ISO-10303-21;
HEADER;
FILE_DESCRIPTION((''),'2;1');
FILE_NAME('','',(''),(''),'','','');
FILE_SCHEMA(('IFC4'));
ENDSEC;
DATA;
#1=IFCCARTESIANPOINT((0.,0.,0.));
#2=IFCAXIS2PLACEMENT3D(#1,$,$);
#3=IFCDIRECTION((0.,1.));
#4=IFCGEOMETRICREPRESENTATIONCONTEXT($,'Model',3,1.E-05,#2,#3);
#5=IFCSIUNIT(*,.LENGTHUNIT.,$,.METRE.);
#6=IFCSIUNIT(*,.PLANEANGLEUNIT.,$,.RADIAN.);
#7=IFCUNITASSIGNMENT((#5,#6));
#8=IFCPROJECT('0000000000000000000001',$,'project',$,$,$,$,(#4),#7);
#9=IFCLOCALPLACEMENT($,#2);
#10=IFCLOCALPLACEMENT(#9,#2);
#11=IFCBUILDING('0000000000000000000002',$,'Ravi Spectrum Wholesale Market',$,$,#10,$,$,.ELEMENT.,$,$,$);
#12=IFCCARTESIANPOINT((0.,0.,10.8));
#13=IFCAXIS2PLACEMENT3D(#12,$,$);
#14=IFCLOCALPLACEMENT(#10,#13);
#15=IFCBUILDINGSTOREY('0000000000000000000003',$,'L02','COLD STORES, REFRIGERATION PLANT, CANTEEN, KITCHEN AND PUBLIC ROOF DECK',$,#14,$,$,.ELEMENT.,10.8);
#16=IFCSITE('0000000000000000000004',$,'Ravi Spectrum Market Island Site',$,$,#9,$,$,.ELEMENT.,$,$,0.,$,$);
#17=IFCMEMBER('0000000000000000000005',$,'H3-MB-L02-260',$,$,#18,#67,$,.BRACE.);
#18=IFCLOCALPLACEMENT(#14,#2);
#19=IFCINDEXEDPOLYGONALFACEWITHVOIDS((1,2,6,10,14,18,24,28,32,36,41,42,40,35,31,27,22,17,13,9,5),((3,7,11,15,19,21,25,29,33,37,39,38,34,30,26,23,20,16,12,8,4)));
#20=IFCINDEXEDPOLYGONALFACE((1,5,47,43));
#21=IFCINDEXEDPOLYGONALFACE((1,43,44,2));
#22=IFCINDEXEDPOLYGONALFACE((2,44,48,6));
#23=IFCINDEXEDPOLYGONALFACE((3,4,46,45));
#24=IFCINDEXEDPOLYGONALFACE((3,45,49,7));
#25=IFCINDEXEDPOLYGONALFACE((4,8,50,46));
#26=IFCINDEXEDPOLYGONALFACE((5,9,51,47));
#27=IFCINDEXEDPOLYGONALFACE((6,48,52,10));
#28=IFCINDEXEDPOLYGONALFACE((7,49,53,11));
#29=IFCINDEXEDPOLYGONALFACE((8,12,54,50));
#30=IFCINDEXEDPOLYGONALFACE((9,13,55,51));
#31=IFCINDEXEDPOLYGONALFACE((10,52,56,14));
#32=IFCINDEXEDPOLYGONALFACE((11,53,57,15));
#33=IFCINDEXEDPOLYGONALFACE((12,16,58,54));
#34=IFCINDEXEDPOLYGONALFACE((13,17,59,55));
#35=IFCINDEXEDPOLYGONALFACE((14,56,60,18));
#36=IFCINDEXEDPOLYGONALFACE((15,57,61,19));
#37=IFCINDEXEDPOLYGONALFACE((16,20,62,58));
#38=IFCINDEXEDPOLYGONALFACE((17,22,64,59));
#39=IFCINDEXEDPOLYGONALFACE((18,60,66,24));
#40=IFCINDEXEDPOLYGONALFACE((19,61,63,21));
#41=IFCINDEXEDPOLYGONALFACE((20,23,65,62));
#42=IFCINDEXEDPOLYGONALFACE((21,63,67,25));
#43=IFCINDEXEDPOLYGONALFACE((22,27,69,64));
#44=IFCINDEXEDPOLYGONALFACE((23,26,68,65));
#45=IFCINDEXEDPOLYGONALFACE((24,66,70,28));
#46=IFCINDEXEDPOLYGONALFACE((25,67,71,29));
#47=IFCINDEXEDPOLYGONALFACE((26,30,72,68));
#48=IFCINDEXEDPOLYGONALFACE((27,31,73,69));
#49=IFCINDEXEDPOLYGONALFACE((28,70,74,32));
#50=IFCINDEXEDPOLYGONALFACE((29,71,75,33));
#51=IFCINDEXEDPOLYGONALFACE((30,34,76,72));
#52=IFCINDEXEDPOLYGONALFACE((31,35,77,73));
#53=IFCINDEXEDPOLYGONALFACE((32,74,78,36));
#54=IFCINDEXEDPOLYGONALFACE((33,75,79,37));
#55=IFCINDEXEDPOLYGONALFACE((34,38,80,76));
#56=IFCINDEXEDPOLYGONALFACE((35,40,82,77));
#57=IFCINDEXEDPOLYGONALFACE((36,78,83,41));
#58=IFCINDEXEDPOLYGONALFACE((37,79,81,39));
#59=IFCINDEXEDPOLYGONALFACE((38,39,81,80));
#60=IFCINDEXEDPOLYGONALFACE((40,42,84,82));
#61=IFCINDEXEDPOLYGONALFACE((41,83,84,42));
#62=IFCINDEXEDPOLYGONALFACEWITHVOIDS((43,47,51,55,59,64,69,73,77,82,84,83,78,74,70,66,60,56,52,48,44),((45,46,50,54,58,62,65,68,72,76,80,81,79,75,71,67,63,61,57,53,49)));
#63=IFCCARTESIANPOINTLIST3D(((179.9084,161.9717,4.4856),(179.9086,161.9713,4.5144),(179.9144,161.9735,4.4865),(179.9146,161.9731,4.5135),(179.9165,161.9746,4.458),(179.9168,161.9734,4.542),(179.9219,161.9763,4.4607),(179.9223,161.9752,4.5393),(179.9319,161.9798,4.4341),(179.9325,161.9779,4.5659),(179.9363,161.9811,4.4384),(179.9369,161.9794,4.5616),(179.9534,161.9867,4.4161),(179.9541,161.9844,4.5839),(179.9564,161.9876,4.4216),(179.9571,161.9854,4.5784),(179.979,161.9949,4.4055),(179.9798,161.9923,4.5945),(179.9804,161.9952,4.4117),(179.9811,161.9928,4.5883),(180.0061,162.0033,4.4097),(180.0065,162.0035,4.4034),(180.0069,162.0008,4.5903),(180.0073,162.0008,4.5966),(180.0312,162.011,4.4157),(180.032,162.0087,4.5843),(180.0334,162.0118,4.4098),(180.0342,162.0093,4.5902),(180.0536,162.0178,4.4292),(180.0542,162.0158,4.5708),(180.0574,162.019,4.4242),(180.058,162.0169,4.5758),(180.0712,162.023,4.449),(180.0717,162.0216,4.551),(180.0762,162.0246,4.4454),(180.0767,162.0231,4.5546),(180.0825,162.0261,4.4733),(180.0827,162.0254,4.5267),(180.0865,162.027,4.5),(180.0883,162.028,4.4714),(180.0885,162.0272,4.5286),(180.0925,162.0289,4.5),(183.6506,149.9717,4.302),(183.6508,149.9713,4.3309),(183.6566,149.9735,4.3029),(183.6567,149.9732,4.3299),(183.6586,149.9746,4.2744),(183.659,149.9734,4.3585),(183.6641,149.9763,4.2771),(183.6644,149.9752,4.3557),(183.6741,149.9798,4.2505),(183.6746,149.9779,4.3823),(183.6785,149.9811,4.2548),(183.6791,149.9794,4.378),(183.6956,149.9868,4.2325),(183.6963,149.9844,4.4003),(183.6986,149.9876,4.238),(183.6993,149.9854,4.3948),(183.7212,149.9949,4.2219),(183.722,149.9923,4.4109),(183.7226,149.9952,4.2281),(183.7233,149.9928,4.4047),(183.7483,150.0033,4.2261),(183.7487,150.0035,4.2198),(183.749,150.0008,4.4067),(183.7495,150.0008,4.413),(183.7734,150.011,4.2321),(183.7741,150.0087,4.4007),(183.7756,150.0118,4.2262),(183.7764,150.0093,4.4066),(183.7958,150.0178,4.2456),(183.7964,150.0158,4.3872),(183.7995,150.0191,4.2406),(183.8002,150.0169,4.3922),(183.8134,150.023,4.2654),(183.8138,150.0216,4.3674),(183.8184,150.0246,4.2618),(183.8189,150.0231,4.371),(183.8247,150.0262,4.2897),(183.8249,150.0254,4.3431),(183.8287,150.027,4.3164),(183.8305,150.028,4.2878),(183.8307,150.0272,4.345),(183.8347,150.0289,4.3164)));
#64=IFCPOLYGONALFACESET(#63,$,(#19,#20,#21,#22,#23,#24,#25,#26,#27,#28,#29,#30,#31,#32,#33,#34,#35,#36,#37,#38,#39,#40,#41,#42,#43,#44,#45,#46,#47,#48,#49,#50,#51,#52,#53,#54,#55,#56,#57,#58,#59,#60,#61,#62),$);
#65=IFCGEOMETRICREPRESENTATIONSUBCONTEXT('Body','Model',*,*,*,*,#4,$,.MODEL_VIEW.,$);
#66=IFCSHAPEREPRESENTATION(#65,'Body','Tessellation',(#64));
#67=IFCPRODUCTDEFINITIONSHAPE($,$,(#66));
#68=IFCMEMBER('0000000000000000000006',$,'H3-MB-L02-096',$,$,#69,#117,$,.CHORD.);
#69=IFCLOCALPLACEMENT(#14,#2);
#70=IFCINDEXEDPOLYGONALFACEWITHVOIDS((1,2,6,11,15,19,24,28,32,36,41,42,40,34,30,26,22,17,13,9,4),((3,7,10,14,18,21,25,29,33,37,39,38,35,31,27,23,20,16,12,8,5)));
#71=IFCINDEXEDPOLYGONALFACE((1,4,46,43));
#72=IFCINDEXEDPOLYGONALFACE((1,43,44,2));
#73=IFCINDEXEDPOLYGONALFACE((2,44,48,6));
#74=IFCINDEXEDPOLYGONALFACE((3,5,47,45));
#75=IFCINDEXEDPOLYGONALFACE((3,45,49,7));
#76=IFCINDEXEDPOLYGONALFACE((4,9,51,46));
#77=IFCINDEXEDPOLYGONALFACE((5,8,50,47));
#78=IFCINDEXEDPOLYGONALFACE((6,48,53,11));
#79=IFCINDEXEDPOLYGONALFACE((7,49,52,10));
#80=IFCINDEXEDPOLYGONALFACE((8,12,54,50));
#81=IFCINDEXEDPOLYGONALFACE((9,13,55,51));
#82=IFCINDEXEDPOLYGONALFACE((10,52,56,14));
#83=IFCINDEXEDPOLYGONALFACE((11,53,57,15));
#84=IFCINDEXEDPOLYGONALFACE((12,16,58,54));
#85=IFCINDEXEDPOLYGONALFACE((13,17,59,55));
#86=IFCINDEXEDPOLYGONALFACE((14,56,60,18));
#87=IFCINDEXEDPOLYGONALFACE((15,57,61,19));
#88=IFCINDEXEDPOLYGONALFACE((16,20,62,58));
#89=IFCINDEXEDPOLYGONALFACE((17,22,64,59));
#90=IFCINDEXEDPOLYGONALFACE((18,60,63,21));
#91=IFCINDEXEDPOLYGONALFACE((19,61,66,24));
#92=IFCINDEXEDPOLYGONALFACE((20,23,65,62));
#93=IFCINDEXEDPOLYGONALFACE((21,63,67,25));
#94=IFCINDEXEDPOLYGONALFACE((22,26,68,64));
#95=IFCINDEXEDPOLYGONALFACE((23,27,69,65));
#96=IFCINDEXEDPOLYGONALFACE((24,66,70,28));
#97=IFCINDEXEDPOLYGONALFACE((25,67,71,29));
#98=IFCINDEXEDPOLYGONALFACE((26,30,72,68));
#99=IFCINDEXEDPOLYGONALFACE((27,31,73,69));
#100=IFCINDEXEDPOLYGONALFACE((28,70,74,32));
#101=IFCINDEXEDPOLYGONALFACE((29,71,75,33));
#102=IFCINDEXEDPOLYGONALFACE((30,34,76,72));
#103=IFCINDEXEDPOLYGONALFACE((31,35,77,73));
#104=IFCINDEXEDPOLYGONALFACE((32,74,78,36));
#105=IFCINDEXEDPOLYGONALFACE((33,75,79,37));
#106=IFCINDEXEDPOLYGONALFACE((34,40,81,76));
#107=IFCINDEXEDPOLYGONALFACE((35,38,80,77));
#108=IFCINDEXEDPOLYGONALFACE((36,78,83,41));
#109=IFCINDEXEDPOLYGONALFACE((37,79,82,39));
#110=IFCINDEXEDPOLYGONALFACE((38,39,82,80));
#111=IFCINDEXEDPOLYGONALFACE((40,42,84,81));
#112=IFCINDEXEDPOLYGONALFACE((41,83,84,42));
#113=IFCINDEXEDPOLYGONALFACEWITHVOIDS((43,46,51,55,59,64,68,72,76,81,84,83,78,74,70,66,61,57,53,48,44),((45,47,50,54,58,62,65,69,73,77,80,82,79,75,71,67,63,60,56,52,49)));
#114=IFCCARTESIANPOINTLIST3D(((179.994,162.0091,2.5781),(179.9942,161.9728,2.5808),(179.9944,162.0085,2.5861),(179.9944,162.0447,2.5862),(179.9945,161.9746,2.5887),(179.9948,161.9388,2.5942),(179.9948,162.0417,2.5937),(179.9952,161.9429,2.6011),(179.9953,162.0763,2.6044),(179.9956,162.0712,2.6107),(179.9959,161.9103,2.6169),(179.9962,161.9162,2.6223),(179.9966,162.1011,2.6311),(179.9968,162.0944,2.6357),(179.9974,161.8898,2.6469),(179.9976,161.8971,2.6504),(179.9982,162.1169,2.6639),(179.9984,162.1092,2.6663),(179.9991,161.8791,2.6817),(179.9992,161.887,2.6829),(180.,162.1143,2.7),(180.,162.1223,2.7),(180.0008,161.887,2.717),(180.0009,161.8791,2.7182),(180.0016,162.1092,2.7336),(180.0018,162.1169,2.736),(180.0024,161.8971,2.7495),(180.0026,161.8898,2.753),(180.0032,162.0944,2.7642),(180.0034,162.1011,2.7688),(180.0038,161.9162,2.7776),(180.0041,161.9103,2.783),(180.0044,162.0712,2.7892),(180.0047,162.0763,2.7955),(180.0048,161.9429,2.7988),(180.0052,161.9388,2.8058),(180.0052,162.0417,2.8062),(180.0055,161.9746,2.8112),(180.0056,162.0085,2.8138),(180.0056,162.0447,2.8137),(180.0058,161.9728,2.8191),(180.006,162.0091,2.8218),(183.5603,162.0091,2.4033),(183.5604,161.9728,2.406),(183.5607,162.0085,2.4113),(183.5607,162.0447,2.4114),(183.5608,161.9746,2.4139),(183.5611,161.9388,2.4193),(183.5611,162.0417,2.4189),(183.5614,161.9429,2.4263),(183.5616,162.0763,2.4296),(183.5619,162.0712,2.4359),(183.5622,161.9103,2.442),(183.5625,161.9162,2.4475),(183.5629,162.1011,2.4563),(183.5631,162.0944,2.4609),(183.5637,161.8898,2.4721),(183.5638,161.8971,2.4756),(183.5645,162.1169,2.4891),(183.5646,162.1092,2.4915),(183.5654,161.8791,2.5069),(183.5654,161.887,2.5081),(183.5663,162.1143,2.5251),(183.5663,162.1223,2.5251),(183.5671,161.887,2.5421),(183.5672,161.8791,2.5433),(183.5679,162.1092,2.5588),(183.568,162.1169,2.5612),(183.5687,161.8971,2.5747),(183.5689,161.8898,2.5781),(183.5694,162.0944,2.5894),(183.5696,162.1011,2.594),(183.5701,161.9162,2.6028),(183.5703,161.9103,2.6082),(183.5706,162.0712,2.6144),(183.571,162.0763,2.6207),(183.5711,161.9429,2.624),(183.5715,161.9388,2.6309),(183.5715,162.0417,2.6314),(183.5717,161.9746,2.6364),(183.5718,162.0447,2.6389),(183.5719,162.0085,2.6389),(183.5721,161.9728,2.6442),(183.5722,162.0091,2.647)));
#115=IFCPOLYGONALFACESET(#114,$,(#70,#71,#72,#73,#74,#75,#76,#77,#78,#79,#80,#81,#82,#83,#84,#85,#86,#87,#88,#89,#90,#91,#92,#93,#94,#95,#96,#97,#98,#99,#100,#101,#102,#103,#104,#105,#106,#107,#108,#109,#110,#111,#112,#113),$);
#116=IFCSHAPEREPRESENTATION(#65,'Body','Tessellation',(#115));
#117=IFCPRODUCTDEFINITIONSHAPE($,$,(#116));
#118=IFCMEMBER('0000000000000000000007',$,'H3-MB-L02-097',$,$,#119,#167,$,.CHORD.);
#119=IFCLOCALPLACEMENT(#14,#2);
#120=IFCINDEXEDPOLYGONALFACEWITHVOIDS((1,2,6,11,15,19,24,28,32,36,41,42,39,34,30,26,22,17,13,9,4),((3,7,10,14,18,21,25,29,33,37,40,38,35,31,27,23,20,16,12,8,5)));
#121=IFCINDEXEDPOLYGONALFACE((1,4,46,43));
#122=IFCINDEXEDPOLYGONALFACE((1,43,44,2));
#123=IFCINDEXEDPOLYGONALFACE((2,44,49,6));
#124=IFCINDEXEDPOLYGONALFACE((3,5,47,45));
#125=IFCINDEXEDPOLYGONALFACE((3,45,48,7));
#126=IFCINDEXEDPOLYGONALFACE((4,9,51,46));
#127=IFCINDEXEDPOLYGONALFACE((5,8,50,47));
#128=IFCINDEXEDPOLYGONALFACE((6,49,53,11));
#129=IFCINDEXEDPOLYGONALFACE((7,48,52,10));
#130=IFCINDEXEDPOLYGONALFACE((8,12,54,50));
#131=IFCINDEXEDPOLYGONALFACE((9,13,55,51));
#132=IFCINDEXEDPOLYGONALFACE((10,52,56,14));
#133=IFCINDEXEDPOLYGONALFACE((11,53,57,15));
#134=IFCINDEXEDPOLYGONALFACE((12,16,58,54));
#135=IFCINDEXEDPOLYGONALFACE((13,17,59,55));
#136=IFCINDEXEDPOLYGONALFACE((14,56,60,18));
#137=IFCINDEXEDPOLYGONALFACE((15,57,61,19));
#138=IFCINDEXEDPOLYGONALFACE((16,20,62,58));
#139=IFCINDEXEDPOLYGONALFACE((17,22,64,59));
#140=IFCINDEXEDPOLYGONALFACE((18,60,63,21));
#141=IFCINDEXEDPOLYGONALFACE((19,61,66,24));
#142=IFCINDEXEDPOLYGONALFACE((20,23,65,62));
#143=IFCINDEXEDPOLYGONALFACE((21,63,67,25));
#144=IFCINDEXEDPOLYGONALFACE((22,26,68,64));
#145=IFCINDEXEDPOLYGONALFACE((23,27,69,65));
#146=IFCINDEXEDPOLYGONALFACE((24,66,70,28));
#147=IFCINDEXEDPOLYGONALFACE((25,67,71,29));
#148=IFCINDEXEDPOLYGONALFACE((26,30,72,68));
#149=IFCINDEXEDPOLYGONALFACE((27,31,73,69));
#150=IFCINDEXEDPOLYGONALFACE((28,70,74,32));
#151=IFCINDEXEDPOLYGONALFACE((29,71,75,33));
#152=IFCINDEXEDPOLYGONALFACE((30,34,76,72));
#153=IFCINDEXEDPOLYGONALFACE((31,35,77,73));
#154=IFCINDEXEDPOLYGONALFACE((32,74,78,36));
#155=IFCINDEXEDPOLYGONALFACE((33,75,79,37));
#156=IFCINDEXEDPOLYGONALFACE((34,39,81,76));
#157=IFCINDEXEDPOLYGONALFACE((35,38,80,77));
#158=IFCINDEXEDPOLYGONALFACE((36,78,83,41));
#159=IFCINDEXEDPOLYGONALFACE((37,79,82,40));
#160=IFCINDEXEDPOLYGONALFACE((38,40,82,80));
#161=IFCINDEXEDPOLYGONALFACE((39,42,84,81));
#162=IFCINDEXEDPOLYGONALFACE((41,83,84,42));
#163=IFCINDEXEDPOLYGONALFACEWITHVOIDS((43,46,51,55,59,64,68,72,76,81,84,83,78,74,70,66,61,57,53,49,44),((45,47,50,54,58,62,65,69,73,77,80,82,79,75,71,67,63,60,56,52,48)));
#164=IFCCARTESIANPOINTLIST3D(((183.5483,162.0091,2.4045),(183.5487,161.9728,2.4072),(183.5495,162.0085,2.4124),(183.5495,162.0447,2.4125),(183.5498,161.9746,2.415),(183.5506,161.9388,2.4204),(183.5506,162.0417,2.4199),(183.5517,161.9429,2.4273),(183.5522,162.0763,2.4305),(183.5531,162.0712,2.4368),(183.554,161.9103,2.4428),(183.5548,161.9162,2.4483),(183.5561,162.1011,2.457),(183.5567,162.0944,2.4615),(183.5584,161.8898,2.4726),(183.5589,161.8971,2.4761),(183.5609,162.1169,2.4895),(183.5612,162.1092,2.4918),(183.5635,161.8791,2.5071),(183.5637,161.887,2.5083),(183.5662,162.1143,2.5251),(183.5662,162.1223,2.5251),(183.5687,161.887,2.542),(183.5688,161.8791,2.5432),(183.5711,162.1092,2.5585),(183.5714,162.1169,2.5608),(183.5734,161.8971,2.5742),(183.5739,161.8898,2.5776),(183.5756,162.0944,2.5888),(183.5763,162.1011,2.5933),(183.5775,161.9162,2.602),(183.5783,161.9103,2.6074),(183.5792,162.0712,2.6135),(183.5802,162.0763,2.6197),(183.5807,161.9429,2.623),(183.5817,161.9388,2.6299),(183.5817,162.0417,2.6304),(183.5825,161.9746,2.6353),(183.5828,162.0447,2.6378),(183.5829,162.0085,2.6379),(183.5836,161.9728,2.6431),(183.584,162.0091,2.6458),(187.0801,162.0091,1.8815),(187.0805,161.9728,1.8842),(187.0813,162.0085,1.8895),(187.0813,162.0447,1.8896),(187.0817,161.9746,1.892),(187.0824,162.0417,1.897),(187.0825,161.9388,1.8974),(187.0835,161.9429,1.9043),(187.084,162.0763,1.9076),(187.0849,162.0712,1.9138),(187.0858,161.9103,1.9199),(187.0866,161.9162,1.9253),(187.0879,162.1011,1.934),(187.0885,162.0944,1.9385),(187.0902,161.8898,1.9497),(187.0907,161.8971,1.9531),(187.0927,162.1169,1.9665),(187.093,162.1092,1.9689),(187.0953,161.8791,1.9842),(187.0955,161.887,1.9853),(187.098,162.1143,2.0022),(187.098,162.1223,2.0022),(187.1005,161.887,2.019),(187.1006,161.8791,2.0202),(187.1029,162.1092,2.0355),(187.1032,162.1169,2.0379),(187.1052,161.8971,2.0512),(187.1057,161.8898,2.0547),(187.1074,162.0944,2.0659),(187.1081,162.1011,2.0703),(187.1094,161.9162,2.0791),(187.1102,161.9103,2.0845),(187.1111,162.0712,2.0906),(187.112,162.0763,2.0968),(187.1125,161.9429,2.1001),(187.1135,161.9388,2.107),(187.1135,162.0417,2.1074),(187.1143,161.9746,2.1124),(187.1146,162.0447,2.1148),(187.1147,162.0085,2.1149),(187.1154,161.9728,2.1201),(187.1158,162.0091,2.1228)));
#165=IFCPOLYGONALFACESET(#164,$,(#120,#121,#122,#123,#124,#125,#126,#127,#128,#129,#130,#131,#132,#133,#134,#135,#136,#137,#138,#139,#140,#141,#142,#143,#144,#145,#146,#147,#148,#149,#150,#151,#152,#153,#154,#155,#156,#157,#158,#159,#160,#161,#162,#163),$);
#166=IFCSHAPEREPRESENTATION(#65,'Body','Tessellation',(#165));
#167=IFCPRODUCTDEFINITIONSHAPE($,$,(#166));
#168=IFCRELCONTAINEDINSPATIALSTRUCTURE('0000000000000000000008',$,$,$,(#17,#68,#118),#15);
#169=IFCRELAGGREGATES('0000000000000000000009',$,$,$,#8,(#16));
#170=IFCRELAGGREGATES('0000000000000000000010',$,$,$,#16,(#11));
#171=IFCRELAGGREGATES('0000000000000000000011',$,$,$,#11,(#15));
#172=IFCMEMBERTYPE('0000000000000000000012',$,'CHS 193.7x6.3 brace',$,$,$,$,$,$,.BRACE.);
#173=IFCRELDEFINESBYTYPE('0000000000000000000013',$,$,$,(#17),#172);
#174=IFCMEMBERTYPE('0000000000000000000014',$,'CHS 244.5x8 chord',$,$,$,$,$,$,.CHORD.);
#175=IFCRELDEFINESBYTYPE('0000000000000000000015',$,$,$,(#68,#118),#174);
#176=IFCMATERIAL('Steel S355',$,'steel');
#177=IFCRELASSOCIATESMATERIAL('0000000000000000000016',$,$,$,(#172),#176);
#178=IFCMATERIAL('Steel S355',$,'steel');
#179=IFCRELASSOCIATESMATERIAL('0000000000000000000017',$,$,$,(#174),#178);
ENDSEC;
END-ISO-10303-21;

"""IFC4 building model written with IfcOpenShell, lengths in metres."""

from ifc_helpers import new_model, si_unit, direction, frame, origin, origin_2d, place, context, subcontext, project, spatial, hollow_circle, extrude, material, material_profile, profile_set, type_object, element, save


model = new_model("IFC4")

# Units and contexts
model_context = context("Model", 3, precision=1e-05, world=origin(), true_north=direction((0.0, 1.0)))
body_context = subcontext(model_context, "Body", "Model", "MODEL_VIEW")
ifc_project = project(units=[si_unit("LENGTHUNIT", "METRE"), si_unit("PLANEANGLEUNIT", "RADIAN")], contexts=[model_context])

# Site, building, storey
site_placement = place(None, origin())
site = spatial("IfcSite", under=ifc_project, at=site_placement, Name="Ravi Spectrum Market Island Site", CompositionType="ELEMENT", RefElevation=0.0)
building_placement = place(site_placement, origin())
building = spatial("IfcBuilding", under=site, at=building_placement, Name="Ravi Spectrum Wholesale Market", CompositionType="ELEMENT")
storey_placement = place(building_placement, frame((0.0, 0.0, 10.8)))
storey = spatial("IfcBuildingStorey", under=building, at=storey_placement, Name="L02", Description="COLD STORES, REFRIGERATION PLANT, CANTEEN, KITCHEN AND PUBLIC ROOF DECK", CompositionType="ELEMENT", Elevation=10.8)

# Members
ifc_material_1 = material(Name="Steel S355", Category="steel")
ifc_material_profile_1 = material_profile(ifc_material_1, hollow_circle(Radius=0.0969, WallThickness=0.0063, at=origin_2d()))
ifc_profile_set_1 = profile_set([ifc_material_profile_1], Name="Steel S355")
member_type_1 = type_object("IfcMemberType", Name="CHS 193.7x6.3 brace", PredefinedType="BRACE", material=ifc_profile_set_1)
member_1_placement = place(storey_placement, frame((180.0, 162.0, 4.5), z_axis=(0.297677, -0.954555, -0.014604), x_axis=(0.954657, 0.297709, 0.0)))
element("IfcMember", 1, at=member_1_placement, inside=storey, type_object=member_type_1, Name="H3-MB-L02-260", PredefinedType="BRACE", context=body_context, shape_type="SweptSolid", body=[
    extrude(hollow_circle(Radius=0.0969, WallThickness=0.0063, at=origin_2d()), origin(), (0.0, 0.0, 1.0), 12.5713),
])
ifc_material_2 = material(Name="Steel S355", Category="steel")
ifc_material_profile_2 = material_profile(ifc_material_2, hollow_circle(Radius=0.1223, WallThickness=0.0081, at=origin_2d()))
ifc_profile_set_2 = profile_set([ifc_material_profile_2], Name="Steel S355")
member_type_2 = type_object("IfcMemberType", Name="CHS 244.5x8 chord", PredefinedType="CHORD", material=ifc_profile_set_2)
member_2_placement = place(storey_placement, frame((180.0, 162.0, 2.7), z_axis=(0.998801, 0.0, -0.048959), x_axis=(0.0, 1.0, 0.0)))
element("IfcMember", 2, at=member_2_placement, inside=storey, type_object=member_type_2, Name="H3-MB-L02-096", PredefinedType="CHORD", context=body_context, shape_type="SweptSolid", body=[
    extrude(hollow_circle(Radius=0.1223, WallThickness=0.0081, at=origin_2d()), origin(), (0.0, 0.0, 1.0), 3.5706),
])
member_3_placement = place(storey_placement, frame((183.5662, 162.0, 2.5251), z_axis=(0.989214, 0.0, -0.146474), x_axis=(0.0, 1.0, 0.0)))
element("IfcMember", 3, at=member_3_placement, inside=storey, type_object=member_type_2, Name="H3-MB-L02-097", PredefinedType="CHORD", context=body_context, shape_type="SweptSolid", body=[
    extrude(hollow_circle(Radius=0.1223, WallThickness=0.0081, at=origin_2d()), origin(), (0.0, 0.0, 1.0), 3.5703),
])

save(model, "model.ifc")
